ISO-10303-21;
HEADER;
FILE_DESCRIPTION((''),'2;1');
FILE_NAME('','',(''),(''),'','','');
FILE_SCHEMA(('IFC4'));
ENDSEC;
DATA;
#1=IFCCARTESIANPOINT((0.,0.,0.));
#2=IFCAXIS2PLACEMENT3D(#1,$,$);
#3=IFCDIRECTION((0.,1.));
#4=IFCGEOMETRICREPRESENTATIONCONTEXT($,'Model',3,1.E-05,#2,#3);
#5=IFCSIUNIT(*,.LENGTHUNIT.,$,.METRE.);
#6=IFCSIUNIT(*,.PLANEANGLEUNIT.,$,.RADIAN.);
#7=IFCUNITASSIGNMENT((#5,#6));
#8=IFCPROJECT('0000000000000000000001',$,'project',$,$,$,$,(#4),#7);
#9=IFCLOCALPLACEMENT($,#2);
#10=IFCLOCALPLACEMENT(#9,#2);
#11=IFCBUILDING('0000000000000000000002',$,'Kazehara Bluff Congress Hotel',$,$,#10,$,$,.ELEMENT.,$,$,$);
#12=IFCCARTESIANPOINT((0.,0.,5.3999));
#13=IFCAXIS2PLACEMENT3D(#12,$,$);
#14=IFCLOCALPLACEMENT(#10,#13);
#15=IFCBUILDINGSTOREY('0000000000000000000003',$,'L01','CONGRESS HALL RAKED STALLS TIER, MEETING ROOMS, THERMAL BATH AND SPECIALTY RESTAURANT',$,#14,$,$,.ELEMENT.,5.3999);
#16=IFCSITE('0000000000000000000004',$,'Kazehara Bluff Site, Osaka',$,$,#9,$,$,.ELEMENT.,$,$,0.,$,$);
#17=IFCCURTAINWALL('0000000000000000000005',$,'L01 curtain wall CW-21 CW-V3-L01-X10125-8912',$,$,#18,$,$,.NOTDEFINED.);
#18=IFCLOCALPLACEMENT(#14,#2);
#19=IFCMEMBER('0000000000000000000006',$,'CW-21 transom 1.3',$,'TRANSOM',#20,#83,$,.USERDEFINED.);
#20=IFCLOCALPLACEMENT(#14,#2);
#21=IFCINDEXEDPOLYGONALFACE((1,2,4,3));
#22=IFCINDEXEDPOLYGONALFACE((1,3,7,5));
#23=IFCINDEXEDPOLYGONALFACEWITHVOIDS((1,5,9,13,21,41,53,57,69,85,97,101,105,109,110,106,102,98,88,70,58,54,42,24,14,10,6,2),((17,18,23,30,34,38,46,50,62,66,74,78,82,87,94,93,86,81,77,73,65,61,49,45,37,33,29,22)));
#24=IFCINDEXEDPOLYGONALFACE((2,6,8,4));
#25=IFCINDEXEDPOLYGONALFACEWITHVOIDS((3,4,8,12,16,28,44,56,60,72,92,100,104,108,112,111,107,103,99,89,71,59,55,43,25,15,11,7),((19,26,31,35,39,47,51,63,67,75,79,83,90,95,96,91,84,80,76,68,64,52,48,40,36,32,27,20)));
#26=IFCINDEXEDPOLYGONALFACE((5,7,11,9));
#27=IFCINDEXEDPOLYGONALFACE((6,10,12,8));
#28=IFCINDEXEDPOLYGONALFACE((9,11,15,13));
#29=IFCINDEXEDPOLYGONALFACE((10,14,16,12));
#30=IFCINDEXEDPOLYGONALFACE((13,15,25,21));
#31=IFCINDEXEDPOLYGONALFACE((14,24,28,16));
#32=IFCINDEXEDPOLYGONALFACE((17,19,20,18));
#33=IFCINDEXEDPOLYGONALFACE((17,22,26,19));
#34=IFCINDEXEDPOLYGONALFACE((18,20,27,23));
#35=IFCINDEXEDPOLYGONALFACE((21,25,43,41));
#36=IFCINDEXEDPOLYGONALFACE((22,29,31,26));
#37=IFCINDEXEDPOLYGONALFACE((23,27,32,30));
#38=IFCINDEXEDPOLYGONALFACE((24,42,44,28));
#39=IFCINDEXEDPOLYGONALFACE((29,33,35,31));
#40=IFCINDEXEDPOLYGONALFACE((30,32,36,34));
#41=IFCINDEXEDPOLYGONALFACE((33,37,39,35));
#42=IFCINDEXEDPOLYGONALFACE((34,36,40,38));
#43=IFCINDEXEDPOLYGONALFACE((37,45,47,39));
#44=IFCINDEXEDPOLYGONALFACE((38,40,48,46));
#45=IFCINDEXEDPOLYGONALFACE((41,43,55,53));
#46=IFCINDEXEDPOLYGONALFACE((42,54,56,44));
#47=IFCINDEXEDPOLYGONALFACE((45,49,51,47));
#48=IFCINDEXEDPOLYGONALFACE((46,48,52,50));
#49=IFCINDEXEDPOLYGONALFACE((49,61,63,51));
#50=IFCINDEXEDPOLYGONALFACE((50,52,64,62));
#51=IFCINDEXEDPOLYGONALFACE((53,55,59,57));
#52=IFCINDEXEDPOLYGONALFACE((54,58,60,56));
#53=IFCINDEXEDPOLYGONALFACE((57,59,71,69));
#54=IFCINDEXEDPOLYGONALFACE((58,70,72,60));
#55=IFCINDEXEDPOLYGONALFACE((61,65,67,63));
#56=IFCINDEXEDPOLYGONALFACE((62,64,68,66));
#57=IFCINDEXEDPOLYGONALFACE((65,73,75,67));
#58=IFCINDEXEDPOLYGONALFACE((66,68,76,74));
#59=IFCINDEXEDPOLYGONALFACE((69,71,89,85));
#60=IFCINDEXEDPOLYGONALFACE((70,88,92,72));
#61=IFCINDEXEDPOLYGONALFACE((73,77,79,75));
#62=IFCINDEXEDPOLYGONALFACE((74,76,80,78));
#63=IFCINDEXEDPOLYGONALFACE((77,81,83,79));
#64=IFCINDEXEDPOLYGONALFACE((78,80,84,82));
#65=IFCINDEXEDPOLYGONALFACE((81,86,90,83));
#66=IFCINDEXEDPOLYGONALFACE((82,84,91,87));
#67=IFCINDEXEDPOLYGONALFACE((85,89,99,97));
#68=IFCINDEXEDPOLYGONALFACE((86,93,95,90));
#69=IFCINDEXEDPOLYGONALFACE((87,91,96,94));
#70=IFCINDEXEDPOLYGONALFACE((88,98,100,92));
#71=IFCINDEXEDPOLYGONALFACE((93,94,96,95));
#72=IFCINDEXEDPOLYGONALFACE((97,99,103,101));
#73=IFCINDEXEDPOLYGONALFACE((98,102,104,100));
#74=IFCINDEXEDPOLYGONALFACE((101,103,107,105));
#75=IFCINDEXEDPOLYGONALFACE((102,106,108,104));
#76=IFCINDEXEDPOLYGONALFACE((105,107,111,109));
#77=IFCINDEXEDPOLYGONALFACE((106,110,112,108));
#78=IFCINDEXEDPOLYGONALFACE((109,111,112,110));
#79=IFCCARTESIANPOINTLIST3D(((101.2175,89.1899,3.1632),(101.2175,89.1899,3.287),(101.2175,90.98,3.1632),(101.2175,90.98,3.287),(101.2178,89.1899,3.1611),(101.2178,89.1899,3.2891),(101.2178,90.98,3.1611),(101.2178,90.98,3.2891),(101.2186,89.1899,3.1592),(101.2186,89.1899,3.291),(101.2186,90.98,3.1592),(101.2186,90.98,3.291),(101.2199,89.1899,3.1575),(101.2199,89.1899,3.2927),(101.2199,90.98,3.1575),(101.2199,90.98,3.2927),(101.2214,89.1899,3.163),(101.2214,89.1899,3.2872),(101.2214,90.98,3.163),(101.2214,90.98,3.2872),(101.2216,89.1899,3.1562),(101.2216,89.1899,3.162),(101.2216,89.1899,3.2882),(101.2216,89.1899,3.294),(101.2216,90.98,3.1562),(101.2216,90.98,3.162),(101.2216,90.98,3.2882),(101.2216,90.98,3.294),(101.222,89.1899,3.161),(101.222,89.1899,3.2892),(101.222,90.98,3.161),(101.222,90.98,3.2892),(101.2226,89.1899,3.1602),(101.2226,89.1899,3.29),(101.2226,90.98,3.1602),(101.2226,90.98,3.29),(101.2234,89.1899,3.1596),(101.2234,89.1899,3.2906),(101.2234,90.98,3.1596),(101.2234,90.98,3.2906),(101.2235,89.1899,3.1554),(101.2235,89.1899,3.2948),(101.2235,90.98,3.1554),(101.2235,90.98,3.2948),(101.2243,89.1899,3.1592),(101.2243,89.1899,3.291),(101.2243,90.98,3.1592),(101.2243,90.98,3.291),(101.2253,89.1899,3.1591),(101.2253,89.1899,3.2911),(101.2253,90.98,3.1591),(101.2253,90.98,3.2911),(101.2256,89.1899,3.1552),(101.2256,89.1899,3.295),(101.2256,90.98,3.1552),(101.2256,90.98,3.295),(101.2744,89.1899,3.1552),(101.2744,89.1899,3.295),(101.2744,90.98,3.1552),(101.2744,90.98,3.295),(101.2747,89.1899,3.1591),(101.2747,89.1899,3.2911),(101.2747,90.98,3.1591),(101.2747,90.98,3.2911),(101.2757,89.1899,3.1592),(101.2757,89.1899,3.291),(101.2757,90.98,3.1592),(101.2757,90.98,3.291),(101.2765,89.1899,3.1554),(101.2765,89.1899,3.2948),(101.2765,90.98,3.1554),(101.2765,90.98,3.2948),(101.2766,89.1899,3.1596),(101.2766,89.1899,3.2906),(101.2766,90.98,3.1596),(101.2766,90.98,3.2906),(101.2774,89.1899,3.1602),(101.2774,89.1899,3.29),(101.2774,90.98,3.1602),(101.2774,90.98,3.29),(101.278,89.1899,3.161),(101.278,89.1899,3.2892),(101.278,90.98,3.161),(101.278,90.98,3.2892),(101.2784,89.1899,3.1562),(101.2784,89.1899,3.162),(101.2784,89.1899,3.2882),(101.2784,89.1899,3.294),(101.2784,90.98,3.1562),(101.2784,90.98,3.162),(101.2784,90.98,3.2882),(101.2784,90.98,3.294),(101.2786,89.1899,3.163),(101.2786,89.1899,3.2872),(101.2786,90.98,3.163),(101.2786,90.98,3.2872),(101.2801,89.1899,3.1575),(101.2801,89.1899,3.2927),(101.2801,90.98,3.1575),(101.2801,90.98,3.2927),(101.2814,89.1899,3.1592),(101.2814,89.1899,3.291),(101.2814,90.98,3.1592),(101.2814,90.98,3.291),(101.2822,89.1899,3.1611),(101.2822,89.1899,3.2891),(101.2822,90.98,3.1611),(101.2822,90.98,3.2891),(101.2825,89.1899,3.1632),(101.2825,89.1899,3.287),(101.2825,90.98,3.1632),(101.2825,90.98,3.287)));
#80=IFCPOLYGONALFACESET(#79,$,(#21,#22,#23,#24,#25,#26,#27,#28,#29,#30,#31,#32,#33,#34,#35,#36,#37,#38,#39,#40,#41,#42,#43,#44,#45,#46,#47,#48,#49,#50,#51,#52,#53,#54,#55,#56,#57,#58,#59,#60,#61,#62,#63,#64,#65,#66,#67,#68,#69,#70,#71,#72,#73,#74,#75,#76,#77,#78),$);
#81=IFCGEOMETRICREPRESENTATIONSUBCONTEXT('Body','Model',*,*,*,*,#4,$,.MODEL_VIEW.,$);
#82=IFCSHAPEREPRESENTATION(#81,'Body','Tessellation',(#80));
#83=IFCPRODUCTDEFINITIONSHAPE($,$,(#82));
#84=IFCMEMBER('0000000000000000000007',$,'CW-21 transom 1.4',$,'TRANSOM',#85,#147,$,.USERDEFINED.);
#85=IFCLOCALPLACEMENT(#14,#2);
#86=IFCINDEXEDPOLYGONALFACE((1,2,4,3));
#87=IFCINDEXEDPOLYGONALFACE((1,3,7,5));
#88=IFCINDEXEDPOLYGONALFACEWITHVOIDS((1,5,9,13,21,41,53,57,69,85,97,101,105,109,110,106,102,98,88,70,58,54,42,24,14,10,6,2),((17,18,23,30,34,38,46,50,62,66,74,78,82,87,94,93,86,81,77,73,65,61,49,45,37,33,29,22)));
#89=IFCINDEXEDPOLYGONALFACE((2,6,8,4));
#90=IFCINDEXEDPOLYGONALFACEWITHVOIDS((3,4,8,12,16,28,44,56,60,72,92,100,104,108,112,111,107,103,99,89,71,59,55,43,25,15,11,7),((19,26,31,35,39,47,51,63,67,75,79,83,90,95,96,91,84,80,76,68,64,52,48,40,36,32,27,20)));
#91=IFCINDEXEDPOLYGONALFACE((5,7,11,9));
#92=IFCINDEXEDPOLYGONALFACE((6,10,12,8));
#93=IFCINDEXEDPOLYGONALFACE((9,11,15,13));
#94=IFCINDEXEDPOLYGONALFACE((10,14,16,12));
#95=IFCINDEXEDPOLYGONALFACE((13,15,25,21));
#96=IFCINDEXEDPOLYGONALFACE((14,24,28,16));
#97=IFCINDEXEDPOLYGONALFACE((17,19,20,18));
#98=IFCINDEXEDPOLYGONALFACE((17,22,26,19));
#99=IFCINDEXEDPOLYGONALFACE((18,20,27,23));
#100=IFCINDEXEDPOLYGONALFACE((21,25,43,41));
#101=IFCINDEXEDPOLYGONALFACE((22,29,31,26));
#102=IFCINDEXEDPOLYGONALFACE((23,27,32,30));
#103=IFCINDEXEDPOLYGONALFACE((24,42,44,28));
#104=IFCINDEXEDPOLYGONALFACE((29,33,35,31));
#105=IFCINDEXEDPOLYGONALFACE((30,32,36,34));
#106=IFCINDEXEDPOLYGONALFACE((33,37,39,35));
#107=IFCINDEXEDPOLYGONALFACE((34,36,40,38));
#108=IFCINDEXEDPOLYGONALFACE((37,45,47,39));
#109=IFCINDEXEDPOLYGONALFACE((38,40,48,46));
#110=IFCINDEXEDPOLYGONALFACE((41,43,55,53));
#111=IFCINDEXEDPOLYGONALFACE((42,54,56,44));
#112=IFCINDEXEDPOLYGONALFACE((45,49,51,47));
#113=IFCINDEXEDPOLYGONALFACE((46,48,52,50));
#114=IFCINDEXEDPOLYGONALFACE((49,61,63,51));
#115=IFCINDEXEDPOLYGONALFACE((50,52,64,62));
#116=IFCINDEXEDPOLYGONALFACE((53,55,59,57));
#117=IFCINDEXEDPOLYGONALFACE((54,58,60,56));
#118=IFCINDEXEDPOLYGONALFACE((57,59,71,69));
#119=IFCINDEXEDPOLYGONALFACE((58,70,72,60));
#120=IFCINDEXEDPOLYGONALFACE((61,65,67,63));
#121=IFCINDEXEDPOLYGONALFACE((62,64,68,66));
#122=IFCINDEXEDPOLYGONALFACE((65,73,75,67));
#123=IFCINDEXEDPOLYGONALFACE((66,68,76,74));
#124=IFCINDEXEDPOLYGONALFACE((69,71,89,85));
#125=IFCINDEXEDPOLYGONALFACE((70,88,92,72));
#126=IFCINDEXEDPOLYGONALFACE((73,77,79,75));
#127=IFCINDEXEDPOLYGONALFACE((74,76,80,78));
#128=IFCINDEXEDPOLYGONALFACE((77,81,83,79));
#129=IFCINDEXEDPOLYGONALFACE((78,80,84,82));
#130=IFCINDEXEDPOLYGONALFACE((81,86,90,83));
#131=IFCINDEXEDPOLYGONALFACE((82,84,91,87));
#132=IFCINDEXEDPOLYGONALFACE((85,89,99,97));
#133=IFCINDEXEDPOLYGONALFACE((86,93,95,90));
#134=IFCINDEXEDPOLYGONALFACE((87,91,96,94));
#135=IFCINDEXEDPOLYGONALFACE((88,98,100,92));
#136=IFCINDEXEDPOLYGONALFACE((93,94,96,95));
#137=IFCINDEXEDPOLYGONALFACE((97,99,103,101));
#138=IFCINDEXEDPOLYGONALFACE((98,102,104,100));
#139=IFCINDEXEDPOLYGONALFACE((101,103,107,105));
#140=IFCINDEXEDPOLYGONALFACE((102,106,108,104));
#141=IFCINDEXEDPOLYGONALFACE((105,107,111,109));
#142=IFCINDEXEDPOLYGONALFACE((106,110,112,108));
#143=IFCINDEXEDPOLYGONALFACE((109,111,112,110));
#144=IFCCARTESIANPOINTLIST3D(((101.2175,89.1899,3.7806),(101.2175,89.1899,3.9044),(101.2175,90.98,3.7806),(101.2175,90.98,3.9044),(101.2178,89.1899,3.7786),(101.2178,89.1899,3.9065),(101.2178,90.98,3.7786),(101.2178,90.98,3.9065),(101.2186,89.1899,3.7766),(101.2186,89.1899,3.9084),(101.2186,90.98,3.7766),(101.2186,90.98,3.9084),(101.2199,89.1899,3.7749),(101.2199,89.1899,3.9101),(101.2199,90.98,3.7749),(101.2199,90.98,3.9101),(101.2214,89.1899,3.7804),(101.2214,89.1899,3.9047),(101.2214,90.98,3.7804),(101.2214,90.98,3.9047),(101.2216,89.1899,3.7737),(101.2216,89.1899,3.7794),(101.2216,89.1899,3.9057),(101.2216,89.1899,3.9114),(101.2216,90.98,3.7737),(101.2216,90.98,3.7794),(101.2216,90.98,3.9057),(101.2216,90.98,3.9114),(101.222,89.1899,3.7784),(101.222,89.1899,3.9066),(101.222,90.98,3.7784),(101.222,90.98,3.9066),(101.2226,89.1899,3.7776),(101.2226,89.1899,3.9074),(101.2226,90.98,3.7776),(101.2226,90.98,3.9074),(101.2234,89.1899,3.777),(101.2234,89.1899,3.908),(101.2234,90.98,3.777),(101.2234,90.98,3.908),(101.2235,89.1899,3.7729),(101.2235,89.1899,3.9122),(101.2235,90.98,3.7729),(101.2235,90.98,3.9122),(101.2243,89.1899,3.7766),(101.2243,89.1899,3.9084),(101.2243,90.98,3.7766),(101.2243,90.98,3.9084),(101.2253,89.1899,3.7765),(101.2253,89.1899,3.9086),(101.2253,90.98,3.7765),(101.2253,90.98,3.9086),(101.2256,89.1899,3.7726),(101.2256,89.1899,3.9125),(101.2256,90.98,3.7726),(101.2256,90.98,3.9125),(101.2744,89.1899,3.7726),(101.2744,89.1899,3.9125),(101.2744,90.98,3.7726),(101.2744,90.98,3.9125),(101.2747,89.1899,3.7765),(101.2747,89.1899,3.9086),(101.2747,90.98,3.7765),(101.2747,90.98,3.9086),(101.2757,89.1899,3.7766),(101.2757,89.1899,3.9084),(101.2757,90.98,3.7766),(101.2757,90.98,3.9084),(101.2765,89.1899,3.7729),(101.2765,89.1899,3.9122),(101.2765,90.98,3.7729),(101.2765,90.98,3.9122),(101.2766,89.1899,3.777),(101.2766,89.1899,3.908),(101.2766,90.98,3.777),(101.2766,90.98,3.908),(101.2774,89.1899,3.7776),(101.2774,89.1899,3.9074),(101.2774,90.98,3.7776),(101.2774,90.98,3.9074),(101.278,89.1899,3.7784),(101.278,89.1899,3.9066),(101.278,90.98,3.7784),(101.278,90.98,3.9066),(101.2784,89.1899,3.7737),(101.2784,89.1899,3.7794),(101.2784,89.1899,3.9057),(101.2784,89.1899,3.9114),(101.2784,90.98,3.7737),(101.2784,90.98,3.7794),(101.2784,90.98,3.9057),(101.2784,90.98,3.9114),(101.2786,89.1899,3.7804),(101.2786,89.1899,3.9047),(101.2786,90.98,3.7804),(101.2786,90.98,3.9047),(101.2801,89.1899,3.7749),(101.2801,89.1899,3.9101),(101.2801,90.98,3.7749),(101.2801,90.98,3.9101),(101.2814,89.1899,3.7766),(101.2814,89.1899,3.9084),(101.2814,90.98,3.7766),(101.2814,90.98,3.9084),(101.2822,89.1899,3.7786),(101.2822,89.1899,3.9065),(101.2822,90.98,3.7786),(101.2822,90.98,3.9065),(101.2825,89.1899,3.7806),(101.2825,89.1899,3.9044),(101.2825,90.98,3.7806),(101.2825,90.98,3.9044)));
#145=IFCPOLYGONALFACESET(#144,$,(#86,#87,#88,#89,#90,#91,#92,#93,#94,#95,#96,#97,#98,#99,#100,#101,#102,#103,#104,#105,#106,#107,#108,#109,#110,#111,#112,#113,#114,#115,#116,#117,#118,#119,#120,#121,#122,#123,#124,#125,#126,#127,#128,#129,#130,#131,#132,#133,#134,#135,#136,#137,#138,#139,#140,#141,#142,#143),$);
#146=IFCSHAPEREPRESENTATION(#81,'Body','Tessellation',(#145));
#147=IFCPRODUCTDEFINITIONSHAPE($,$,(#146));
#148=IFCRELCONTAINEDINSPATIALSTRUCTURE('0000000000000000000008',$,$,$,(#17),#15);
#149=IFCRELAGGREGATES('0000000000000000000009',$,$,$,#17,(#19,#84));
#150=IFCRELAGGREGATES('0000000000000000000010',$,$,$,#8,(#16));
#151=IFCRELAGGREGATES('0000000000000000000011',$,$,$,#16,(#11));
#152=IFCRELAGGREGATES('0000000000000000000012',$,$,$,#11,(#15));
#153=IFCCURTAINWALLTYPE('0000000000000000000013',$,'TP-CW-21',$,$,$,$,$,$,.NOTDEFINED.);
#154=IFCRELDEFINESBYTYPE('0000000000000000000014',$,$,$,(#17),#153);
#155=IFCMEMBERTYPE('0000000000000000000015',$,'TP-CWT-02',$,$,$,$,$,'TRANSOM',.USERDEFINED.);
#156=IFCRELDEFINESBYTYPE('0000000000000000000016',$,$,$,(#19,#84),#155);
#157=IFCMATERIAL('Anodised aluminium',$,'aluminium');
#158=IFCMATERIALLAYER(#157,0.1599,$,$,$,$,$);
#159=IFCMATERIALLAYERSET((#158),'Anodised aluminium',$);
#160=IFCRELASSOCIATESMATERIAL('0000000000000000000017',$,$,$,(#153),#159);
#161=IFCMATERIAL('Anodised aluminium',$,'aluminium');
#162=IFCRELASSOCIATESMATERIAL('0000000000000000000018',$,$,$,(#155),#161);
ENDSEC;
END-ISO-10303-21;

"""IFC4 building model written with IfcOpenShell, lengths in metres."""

from ifc_helpers import new_model, si_unit, direction, frame, origin, origin_2d, place, context, subcontext, project, spatial, hollow_rectangle, extrude, material, layer, layer_set, material_profile, profile_set, type_object, element, aggregate, save


model = new_model("IFC4")

# Units and contexts
model_context = context("Model", 3, precision=1e-05, world=origin(), true_north=direction((0.0, 1.0)))
body_context = subcontext(model_context, "Body", "Model", "MODEL_VIEW")
ifc_project = project(units=[si_unit("LENGTHUNIT", "METRE"), si_unit("PLANEANGLEUNIT", "RADIAN")], contexts=[model_context])

# Site, building, storey
site_placement = place(None, origin())
site = spatial("IfcSite", under=ifc_project, at=site_placement, Name="Kazehara Bluff Site, Osaka", CompositionType="ELEMENT", RefElevation=0.0)
building_placement = place(site_placement, origin())
building = spatial("IfcBuilding", under=site, at=building_placement, Name="Kazehara Bluff Congress Hotel", CompositionType="ELEMENT")
storey_placement = place(building_placement, frame((0.0, 0.0, 5.3999)))
storey = spatial("IfcBuildingStorey", under=building, at=storey_placement, Name="L01", Description="CONGRESS HALL RAKED STALLS TIER, MEETING ROOMS, THERMAL BATH AND SPECIALTY RESTAURANT", CompositionType="ELEMENT", Elevation=5.3999)

# Curtain wall
ifc_material_1 = material(Name="Anodised aluminium", Category="aluminium")
ifc_layer_1 = layer(ifc_material_1, 0.1599)
ifc_layer_set_1 = layer_set([ifc_layer_1], Name="Anodised aluminium")
curtain_wall_type = type_object("IfcCurtainWallType", Name="TP-CW-21", PredefinedType="NOTDEFINED", material=ifc_layer_set_1)
curtain_wall_1_placement = place(storey_placement, origin())
curtain_wall_1 = element("IfcCurtainWall", 1, at=curtain_wall_1_placement, inside=storey, type_object=curtain_wall_type, Name="L01 curtain wall CW-21 CW-V3-L01-X10125-8912", PredefinedType="NOTDEFINED")

# Members
ifc_material_2 = material(Name="Anodised aluminium", Category="aluminium")
ifc_material_profile_1 = material_profile(ifc_material_2, hollow_rectangle(XDim=0.0649, YDim=0.1399, WallThickness=0.0039, InnerFilletRadius=0.0039, OuterFilletRadius=0.0081, at=origin_2d()))
ifc_profile_set_1 = profile_set([ifc_material_profile_1], Name="Anodised aluminium")
member_type_1 = type_object("IfcMemberType", Name="TP-CWT-02", ElementType="TRANSOM", PredefinedType="USERDEFINED", material=ifc_profile_set_1)
member_1_placement = place(storey_placement, frame((101.25, 89.1899, 3.2251), z_axis=(0.0, 1.0, 0.0), x_axis=(-1.0, 0.0, 0.0)))
member_1 = element("IfcMember", 2, at=member_1_placement, type_object=member_type_1, Name="CW-21 transom 1.3", ObjectType="TRANSOM", PredefinedType="USERDEFINED", context=body_context, shape_type="SweptSolid", body=[
    extrude(hollow_rectangle(XDim=0.0649, YDim=0.1399, WallThickness=0.0039, InnerFilletRadius=0.0039, OuterFilletRadius=0.0081, at=origin_2d()), origin(), (0.0, 0.0, 1.0), 1.79),
])
member_2_placement = place(storey_placement, frame((101.25, 89.1899, 3.8425), z_axis=(0.0, 1.0, 0.0), x_axis=(-1.0, 0.0, 0.0)))
member_2 = element("IfcMember", 3, at=member_2_placement, type_object=member_type_1, Name="CW-21 transom 1.4", ObjectType="TRANSOM", PredefinedType="USERDEFINED", context=body_context, shape_type="SweptSolid", body=[
    extrude(hollow_rectangle(XDim=0.0649, YDim=0.1399, WallThickness=0.0039, InnerFilletRadius=0.0039, OuterFilletRadius=0.0081, at=origin_2d()), origin(), (0.0, 0.0, 1.0), 1.79),
])

aggregate(curtain_wall_1, [member_1, member_2])

save(model, "model.ifc")
